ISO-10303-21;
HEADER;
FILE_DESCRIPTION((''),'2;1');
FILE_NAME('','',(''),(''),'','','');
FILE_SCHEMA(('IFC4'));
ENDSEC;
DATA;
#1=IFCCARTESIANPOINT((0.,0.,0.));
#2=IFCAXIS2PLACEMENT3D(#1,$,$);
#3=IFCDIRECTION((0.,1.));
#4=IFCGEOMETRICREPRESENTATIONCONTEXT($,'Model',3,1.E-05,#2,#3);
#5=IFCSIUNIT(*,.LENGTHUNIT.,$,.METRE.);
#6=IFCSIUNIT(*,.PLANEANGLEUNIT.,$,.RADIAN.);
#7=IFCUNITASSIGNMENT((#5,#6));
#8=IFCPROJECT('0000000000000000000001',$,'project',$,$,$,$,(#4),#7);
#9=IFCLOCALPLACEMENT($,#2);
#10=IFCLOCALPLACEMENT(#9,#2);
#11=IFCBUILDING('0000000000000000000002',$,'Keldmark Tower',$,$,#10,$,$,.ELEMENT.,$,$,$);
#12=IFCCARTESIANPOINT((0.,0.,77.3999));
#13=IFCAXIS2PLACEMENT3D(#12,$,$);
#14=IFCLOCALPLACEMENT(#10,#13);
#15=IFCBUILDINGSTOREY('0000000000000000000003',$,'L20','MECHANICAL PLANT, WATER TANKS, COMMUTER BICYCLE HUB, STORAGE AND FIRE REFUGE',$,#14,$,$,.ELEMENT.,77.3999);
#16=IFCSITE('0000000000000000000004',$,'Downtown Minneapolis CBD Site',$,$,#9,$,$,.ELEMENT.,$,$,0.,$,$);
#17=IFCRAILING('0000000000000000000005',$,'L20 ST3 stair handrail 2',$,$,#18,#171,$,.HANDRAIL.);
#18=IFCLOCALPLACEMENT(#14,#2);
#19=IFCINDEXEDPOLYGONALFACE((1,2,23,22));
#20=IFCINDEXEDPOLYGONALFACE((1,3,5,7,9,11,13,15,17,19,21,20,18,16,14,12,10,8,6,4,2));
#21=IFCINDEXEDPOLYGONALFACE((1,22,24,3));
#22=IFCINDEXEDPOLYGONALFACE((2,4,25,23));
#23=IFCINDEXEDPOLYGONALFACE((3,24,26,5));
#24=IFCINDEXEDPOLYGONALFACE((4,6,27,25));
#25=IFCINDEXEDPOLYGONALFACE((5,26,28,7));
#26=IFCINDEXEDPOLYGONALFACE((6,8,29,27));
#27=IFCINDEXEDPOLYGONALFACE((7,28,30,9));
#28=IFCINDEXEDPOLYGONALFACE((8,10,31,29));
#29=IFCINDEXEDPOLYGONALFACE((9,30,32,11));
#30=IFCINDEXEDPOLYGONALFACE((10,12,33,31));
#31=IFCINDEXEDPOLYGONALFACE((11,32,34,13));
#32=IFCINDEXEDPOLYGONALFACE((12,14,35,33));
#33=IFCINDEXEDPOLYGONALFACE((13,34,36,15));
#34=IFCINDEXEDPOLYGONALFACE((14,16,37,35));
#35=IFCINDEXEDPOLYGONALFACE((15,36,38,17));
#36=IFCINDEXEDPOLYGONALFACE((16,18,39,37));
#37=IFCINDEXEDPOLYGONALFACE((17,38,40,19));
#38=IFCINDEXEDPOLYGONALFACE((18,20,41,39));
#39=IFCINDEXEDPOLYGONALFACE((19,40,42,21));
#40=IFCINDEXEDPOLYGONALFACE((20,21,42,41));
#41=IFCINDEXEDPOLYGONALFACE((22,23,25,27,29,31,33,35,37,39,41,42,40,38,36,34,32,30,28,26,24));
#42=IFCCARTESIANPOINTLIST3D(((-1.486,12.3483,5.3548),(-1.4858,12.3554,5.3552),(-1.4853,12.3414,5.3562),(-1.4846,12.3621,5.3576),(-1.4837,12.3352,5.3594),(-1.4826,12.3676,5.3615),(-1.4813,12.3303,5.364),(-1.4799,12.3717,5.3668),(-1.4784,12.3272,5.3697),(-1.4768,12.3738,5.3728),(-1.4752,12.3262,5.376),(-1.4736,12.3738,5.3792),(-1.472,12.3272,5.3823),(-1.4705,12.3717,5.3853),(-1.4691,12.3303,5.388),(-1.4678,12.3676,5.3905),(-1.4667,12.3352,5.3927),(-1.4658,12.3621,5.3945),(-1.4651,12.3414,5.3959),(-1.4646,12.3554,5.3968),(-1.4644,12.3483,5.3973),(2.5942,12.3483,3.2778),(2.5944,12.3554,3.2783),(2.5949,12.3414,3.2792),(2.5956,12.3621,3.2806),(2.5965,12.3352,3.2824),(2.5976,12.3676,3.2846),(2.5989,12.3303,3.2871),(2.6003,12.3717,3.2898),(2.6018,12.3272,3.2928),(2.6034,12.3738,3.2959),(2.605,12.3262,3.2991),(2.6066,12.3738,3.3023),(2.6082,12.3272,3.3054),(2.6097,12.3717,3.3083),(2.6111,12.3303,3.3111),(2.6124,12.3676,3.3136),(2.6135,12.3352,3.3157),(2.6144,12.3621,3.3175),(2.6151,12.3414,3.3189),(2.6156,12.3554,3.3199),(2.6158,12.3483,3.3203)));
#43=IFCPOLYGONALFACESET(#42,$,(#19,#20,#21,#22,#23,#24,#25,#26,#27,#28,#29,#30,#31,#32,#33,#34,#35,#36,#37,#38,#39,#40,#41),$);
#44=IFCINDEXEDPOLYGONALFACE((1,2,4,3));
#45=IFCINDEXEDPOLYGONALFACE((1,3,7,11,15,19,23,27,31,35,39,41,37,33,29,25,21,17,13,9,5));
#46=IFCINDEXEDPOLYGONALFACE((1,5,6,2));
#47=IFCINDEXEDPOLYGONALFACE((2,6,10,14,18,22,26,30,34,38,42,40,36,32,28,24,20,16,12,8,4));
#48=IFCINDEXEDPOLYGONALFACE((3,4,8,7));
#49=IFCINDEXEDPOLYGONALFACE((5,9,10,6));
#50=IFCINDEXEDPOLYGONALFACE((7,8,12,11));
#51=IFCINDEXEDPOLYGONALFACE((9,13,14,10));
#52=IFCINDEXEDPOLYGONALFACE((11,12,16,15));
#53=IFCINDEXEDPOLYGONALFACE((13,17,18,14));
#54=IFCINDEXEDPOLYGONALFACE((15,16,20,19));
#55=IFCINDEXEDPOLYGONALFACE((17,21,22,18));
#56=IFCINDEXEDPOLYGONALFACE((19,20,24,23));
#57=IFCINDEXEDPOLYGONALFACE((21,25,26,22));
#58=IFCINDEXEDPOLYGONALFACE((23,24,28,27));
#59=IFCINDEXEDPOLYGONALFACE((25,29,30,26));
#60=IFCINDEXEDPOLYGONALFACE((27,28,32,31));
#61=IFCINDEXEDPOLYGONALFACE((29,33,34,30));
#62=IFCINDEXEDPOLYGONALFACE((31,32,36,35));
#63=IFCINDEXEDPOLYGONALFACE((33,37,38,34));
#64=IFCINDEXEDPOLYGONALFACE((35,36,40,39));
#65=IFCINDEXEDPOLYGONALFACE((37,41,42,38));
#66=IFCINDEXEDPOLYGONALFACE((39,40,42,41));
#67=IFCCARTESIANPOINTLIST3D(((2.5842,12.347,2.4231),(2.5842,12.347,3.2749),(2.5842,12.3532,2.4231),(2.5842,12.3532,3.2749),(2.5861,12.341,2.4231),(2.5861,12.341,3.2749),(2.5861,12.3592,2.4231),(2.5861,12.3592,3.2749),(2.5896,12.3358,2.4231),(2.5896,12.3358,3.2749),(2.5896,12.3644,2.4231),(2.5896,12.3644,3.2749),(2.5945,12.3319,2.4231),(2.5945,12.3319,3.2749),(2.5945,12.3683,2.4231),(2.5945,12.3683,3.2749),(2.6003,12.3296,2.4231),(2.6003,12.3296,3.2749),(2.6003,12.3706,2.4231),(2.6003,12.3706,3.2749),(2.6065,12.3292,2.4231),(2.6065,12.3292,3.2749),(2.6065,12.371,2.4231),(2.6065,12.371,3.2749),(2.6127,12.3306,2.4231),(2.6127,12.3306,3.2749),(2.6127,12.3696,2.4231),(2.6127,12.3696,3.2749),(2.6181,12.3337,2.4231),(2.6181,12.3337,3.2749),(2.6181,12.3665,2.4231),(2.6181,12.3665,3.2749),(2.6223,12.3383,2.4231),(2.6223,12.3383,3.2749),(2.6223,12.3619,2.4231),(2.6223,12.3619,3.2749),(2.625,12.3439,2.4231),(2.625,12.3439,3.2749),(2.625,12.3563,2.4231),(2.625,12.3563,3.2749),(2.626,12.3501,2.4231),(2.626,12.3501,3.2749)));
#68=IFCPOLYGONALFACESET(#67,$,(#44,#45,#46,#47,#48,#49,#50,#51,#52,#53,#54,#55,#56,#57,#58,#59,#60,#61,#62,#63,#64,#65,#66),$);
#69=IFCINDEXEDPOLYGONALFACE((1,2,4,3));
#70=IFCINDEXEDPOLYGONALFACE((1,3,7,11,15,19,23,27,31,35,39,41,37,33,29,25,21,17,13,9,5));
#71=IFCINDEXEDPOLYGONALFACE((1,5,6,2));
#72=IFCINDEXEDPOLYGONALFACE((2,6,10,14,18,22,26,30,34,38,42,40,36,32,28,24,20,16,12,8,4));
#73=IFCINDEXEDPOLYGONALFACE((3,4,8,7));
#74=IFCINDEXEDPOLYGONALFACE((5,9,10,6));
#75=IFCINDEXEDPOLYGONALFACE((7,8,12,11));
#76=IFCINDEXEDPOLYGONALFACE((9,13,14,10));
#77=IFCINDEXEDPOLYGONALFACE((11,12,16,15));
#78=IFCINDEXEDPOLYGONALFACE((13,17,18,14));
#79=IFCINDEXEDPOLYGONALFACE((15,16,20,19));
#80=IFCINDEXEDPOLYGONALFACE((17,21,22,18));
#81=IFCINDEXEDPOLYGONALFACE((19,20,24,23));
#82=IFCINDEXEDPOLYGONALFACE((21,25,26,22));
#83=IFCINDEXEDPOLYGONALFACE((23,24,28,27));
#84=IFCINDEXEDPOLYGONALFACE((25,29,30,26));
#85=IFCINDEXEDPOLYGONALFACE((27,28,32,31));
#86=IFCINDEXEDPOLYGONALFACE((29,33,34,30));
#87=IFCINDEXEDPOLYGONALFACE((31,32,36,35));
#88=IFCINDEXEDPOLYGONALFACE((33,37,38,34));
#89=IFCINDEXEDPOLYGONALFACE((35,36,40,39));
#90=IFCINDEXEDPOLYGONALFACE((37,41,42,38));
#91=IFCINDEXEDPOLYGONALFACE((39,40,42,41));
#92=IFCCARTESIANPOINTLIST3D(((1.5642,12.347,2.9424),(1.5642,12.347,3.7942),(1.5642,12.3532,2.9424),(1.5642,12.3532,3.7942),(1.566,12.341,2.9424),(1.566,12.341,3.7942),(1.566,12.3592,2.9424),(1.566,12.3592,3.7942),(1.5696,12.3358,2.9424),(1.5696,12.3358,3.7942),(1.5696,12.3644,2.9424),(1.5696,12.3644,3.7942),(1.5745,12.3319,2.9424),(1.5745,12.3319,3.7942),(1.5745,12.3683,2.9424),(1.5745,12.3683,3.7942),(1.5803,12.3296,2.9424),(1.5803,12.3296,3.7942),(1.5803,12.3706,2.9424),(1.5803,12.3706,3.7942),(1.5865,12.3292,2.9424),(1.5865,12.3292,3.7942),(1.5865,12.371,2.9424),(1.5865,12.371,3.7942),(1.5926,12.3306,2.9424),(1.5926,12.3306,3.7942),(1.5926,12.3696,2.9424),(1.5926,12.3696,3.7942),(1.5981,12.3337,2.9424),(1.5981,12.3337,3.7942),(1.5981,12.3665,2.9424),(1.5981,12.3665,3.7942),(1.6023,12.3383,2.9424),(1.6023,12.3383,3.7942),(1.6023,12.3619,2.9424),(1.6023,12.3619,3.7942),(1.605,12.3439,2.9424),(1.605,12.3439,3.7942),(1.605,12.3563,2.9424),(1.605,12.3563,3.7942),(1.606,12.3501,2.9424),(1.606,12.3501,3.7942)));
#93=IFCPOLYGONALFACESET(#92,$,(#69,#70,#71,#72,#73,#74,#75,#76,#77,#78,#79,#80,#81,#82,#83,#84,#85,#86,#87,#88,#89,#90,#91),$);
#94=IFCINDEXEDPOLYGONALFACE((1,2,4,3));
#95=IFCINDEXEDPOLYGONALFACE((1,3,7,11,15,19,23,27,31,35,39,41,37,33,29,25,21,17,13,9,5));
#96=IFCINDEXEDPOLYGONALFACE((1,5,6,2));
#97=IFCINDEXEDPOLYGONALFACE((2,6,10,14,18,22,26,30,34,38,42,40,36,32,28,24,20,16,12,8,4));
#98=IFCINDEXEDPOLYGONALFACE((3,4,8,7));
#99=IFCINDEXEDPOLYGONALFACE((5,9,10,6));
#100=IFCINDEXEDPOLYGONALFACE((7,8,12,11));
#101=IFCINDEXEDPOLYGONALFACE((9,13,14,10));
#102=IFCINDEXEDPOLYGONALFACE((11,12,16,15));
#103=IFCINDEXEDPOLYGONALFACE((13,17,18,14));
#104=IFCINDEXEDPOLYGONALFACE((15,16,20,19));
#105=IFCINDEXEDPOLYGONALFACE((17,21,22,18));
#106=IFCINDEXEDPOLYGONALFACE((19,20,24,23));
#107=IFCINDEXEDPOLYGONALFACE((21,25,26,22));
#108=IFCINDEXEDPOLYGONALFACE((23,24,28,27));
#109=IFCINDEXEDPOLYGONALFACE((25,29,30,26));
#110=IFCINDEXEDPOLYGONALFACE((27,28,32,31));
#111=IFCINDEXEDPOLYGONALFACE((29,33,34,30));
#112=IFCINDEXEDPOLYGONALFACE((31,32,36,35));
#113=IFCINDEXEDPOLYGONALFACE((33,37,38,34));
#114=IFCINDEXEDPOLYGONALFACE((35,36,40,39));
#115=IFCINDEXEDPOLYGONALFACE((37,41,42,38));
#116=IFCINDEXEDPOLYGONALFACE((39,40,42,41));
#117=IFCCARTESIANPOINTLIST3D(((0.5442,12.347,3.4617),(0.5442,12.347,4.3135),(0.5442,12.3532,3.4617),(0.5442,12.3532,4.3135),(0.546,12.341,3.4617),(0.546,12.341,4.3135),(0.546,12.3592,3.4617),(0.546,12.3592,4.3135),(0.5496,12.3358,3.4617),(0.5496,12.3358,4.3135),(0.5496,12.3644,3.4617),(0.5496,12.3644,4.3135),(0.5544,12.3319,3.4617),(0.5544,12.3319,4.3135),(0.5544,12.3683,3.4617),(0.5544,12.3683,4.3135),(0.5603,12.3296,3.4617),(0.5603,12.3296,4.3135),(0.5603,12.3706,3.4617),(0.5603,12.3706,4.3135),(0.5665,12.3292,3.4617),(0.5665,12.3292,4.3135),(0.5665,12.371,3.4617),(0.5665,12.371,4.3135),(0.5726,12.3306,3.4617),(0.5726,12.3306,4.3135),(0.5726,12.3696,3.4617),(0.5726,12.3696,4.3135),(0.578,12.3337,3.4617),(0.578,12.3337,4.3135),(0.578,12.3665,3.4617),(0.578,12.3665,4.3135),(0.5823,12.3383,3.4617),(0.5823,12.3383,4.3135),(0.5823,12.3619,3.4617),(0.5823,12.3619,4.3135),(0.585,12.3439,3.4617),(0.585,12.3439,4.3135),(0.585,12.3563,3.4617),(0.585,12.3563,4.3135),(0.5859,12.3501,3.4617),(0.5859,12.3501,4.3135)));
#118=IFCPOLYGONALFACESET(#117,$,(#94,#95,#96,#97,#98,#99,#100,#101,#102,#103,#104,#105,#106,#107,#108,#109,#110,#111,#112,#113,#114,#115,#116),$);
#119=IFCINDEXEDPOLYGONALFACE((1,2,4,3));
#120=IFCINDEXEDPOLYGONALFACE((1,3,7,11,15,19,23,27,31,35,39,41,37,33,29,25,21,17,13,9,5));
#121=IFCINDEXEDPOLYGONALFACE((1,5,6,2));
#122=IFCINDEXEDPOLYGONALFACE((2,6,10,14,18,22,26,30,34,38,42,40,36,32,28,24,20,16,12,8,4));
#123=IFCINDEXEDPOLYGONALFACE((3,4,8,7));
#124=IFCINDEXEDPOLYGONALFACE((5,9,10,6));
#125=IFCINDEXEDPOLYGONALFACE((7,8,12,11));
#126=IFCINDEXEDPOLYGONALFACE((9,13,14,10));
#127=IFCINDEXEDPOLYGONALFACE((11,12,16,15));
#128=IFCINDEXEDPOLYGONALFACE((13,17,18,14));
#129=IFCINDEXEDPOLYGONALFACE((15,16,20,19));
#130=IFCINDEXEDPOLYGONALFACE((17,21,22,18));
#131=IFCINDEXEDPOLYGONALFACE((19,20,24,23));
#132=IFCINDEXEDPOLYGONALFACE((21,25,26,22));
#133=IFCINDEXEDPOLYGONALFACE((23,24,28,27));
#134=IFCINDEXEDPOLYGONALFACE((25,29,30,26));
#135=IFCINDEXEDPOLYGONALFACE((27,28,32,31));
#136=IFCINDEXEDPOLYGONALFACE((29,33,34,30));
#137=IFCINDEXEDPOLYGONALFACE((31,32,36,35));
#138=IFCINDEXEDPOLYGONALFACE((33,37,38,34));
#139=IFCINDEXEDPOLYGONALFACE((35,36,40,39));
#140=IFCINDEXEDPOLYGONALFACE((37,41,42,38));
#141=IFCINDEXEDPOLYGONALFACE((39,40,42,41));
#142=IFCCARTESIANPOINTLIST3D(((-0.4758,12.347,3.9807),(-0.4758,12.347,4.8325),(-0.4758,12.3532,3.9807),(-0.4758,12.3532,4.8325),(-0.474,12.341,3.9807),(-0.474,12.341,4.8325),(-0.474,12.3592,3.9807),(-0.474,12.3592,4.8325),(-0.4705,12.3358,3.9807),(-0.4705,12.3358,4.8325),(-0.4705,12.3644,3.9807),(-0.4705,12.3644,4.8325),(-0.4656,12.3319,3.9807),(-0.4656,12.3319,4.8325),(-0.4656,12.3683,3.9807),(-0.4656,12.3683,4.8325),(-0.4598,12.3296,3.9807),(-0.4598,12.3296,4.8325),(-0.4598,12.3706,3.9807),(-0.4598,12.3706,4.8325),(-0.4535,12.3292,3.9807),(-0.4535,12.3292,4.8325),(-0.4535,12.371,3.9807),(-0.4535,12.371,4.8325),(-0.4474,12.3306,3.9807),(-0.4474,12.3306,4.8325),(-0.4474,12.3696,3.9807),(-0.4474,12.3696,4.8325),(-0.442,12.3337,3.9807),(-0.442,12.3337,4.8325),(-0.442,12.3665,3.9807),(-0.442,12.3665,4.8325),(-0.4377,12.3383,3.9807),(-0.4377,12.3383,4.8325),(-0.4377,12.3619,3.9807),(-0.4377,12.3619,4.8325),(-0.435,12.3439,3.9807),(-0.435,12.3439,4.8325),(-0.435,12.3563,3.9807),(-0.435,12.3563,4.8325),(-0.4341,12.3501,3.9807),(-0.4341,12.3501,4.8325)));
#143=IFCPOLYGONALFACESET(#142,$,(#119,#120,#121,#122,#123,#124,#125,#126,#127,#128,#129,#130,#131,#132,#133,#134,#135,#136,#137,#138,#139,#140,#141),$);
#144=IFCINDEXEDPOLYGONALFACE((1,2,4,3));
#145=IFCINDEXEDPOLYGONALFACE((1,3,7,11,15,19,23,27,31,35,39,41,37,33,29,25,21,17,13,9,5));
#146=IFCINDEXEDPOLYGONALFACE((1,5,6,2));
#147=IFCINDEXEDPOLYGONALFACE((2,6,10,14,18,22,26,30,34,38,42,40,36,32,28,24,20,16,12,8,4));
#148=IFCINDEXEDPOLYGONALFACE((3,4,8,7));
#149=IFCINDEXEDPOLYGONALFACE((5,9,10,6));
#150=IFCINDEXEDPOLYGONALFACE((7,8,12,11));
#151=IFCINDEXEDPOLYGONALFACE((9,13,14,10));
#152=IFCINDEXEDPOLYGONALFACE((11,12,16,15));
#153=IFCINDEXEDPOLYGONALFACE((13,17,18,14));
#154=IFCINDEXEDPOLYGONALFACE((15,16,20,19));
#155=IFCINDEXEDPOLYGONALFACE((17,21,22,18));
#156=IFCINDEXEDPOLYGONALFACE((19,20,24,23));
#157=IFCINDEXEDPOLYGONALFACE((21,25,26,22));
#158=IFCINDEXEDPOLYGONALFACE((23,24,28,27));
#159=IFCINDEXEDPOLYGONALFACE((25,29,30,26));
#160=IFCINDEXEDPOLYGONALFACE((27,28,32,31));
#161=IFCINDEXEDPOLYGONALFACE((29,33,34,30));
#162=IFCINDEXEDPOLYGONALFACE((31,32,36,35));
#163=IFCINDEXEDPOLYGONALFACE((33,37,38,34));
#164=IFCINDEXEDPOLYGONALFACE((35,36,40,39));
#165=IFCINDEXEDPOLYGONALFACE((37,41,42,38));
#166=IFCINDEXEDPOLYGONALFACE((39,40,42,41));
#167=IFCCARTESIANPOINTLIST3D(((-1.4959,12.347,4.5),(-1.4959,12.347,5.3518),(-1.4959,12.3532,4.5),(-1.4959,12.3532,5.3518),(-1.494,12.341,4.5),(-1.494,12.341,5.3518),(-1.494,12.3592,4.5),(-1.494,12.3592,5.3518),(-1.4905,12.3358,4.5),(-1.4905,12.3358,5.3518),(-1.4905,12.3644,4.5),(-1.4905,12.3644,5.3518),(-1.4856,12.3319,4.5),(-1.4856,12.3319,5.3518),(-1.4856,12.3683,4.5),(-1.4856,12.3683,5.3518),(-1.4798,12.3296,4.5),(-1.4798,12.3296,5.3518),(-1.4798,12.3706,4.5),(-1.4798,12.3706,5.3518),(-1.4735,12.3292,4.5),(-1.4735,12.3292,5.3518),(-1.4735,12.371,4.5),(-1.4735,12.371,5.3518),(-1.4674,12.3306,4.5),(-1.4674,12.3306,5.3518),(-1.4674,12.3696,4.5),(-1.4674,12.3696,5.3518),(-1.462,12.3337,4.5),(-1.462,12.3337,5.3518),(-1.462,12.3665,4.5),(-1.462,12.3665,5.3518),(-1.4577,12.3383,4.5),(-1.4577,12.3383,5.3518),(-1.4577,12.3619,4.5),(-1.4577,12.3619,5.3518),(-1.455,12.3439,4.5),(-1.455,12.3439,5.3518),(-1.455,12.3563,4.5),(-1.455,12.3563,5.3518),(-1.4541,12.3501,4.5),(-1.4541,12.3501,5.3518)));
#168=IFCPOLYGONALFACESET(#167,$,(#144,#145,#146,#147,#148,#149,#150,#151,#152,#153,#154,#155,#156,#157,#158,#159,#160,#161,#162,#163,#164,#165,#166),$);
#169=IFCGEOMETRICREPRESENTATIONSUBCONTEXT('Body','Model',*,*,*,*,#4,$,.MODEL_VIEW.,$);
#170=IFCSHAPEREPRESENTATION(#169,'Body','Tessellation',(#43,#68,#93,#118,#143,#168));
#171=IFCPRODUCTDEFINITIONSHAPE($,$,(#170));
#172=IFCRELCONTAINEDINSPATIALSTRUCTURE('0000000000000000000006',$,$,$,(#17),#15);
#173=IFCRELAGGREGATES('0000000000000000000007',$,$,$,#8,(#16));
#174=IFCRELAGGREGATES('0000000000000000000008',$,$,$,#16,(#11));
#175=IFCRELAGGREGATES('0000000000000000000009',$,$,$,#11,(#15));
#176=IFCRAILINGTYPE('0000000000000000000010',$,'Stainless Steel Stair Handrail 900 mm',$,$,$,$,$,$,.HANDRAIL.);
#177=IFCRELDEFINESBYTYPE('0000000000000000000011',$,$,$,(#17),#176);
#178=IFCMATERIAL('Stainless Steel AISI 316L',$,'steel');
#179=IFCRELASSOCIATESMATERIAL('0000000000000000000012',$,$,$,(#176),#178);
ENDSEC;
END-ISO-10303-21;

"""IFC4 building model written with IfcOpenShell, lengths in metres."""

from ifc_helpers import new_model, si_unit, direction, frame, origin, origin_2d, place, context, subcontext, project, spatial, circle, extrude, material, type_object, element, save


model = new_model("IFC4")

# Units and contexts
model_context = context("Model", 3, precision=1e-05, world=origin(), true_north=direction((0.0, 1.0)))
body_context = subcontext(model_context, "Body", "Model", "MODEL_VIEW")
ifc_project = project(units=[si_unit("LENGTHUNIT", "METRE"), si_unit("PLANEANGLEUNIT", "RADIAN")], contexts=[model_context])

# Site, building, storey
site_placement = place(None, origin())
site = spatial("IfcSite", under=ifc_project, at=site_placement, Name="Downtown Minneapolis CBD Site", CompositionType="ELEMENT", RefElevation=0.0)
building_placement = place(site_placement, origin())
building = spatial("IfcBuilding", under=site, at=building_placement, Name="Keldmark Tower", CompositionType="ELEMENT")
storey_placement = place(building_placement, frame((0.0, 0.0, 77.3999)))
storey = spatial("IfcBuildingStorey", under=building, at=storey_placement, Name="L20", Description="MECHANICAL PLANT, WATER TANKS, COMMUTER BICYCLE HUB, STORAGE AND FIRE REFUGE", CompositionType="ELEMENT", Elevation=77.3999)

# Railing
ifc_material_1 = material(Name="Stainless Steel AISI 316L", Category="steel")
railing_type_1 = type_object("IfcRailingType", Name="Stainless Steel Stair Handrail 900 mm", PredefinedType="HANDRAIL", material=ifc_material_1)
railing_1_placement = place(storey_placement, frame((2.605, 12.3501, 2.4231)))
element("IfcRailing", 1, at=railing_1_placement, inside=storey, type_object=railing_type_1, Name="L20 ST3 stair handrail 2", PredefinedType="HANDRAIL", context=body_context, shape_type="SweptSolid", body=[
    extrude(circle(Radius=0.0239, at=origin_2d()), frame((0.0, 0.0, 0.876), z_axis=(-0.891183, 0.0, 0.453644), x_axis=(0.0, -1.0, 0.0)), (0.0, 0.0, 1.0), 4.5784),
    extrude(circle(Radius=0.021, at=origin_2d()), origin(), (0.0, 0.0, 1.0), 0.8518),
    extrude(circle(Radius=0.021, at=origin_2d()), frame((-1.02, 0.0, 0.5193)), (0.0, 0.0, 1.0), 0.8518),
    extrude(circle(Radius=0.021, at=origin_2d()), frame((-2.04, 0.0, 1.0386)), (0.0, 0.0, 1.0), 0.8518),
    extrude(circle(Radius=0.021, at=origin_2d()), frame((-3.0601, 0.0, 1.5576)), (0.0, 0.0, 1.0), 0.8518),
    extrude(circle(Radius=0.021, at=origin_2d()), frame((-4.0801, 0.0, 2.0769)), (0.0, 0.0, 1.0), 0.8518),
])

save(model, "model.ifc")
